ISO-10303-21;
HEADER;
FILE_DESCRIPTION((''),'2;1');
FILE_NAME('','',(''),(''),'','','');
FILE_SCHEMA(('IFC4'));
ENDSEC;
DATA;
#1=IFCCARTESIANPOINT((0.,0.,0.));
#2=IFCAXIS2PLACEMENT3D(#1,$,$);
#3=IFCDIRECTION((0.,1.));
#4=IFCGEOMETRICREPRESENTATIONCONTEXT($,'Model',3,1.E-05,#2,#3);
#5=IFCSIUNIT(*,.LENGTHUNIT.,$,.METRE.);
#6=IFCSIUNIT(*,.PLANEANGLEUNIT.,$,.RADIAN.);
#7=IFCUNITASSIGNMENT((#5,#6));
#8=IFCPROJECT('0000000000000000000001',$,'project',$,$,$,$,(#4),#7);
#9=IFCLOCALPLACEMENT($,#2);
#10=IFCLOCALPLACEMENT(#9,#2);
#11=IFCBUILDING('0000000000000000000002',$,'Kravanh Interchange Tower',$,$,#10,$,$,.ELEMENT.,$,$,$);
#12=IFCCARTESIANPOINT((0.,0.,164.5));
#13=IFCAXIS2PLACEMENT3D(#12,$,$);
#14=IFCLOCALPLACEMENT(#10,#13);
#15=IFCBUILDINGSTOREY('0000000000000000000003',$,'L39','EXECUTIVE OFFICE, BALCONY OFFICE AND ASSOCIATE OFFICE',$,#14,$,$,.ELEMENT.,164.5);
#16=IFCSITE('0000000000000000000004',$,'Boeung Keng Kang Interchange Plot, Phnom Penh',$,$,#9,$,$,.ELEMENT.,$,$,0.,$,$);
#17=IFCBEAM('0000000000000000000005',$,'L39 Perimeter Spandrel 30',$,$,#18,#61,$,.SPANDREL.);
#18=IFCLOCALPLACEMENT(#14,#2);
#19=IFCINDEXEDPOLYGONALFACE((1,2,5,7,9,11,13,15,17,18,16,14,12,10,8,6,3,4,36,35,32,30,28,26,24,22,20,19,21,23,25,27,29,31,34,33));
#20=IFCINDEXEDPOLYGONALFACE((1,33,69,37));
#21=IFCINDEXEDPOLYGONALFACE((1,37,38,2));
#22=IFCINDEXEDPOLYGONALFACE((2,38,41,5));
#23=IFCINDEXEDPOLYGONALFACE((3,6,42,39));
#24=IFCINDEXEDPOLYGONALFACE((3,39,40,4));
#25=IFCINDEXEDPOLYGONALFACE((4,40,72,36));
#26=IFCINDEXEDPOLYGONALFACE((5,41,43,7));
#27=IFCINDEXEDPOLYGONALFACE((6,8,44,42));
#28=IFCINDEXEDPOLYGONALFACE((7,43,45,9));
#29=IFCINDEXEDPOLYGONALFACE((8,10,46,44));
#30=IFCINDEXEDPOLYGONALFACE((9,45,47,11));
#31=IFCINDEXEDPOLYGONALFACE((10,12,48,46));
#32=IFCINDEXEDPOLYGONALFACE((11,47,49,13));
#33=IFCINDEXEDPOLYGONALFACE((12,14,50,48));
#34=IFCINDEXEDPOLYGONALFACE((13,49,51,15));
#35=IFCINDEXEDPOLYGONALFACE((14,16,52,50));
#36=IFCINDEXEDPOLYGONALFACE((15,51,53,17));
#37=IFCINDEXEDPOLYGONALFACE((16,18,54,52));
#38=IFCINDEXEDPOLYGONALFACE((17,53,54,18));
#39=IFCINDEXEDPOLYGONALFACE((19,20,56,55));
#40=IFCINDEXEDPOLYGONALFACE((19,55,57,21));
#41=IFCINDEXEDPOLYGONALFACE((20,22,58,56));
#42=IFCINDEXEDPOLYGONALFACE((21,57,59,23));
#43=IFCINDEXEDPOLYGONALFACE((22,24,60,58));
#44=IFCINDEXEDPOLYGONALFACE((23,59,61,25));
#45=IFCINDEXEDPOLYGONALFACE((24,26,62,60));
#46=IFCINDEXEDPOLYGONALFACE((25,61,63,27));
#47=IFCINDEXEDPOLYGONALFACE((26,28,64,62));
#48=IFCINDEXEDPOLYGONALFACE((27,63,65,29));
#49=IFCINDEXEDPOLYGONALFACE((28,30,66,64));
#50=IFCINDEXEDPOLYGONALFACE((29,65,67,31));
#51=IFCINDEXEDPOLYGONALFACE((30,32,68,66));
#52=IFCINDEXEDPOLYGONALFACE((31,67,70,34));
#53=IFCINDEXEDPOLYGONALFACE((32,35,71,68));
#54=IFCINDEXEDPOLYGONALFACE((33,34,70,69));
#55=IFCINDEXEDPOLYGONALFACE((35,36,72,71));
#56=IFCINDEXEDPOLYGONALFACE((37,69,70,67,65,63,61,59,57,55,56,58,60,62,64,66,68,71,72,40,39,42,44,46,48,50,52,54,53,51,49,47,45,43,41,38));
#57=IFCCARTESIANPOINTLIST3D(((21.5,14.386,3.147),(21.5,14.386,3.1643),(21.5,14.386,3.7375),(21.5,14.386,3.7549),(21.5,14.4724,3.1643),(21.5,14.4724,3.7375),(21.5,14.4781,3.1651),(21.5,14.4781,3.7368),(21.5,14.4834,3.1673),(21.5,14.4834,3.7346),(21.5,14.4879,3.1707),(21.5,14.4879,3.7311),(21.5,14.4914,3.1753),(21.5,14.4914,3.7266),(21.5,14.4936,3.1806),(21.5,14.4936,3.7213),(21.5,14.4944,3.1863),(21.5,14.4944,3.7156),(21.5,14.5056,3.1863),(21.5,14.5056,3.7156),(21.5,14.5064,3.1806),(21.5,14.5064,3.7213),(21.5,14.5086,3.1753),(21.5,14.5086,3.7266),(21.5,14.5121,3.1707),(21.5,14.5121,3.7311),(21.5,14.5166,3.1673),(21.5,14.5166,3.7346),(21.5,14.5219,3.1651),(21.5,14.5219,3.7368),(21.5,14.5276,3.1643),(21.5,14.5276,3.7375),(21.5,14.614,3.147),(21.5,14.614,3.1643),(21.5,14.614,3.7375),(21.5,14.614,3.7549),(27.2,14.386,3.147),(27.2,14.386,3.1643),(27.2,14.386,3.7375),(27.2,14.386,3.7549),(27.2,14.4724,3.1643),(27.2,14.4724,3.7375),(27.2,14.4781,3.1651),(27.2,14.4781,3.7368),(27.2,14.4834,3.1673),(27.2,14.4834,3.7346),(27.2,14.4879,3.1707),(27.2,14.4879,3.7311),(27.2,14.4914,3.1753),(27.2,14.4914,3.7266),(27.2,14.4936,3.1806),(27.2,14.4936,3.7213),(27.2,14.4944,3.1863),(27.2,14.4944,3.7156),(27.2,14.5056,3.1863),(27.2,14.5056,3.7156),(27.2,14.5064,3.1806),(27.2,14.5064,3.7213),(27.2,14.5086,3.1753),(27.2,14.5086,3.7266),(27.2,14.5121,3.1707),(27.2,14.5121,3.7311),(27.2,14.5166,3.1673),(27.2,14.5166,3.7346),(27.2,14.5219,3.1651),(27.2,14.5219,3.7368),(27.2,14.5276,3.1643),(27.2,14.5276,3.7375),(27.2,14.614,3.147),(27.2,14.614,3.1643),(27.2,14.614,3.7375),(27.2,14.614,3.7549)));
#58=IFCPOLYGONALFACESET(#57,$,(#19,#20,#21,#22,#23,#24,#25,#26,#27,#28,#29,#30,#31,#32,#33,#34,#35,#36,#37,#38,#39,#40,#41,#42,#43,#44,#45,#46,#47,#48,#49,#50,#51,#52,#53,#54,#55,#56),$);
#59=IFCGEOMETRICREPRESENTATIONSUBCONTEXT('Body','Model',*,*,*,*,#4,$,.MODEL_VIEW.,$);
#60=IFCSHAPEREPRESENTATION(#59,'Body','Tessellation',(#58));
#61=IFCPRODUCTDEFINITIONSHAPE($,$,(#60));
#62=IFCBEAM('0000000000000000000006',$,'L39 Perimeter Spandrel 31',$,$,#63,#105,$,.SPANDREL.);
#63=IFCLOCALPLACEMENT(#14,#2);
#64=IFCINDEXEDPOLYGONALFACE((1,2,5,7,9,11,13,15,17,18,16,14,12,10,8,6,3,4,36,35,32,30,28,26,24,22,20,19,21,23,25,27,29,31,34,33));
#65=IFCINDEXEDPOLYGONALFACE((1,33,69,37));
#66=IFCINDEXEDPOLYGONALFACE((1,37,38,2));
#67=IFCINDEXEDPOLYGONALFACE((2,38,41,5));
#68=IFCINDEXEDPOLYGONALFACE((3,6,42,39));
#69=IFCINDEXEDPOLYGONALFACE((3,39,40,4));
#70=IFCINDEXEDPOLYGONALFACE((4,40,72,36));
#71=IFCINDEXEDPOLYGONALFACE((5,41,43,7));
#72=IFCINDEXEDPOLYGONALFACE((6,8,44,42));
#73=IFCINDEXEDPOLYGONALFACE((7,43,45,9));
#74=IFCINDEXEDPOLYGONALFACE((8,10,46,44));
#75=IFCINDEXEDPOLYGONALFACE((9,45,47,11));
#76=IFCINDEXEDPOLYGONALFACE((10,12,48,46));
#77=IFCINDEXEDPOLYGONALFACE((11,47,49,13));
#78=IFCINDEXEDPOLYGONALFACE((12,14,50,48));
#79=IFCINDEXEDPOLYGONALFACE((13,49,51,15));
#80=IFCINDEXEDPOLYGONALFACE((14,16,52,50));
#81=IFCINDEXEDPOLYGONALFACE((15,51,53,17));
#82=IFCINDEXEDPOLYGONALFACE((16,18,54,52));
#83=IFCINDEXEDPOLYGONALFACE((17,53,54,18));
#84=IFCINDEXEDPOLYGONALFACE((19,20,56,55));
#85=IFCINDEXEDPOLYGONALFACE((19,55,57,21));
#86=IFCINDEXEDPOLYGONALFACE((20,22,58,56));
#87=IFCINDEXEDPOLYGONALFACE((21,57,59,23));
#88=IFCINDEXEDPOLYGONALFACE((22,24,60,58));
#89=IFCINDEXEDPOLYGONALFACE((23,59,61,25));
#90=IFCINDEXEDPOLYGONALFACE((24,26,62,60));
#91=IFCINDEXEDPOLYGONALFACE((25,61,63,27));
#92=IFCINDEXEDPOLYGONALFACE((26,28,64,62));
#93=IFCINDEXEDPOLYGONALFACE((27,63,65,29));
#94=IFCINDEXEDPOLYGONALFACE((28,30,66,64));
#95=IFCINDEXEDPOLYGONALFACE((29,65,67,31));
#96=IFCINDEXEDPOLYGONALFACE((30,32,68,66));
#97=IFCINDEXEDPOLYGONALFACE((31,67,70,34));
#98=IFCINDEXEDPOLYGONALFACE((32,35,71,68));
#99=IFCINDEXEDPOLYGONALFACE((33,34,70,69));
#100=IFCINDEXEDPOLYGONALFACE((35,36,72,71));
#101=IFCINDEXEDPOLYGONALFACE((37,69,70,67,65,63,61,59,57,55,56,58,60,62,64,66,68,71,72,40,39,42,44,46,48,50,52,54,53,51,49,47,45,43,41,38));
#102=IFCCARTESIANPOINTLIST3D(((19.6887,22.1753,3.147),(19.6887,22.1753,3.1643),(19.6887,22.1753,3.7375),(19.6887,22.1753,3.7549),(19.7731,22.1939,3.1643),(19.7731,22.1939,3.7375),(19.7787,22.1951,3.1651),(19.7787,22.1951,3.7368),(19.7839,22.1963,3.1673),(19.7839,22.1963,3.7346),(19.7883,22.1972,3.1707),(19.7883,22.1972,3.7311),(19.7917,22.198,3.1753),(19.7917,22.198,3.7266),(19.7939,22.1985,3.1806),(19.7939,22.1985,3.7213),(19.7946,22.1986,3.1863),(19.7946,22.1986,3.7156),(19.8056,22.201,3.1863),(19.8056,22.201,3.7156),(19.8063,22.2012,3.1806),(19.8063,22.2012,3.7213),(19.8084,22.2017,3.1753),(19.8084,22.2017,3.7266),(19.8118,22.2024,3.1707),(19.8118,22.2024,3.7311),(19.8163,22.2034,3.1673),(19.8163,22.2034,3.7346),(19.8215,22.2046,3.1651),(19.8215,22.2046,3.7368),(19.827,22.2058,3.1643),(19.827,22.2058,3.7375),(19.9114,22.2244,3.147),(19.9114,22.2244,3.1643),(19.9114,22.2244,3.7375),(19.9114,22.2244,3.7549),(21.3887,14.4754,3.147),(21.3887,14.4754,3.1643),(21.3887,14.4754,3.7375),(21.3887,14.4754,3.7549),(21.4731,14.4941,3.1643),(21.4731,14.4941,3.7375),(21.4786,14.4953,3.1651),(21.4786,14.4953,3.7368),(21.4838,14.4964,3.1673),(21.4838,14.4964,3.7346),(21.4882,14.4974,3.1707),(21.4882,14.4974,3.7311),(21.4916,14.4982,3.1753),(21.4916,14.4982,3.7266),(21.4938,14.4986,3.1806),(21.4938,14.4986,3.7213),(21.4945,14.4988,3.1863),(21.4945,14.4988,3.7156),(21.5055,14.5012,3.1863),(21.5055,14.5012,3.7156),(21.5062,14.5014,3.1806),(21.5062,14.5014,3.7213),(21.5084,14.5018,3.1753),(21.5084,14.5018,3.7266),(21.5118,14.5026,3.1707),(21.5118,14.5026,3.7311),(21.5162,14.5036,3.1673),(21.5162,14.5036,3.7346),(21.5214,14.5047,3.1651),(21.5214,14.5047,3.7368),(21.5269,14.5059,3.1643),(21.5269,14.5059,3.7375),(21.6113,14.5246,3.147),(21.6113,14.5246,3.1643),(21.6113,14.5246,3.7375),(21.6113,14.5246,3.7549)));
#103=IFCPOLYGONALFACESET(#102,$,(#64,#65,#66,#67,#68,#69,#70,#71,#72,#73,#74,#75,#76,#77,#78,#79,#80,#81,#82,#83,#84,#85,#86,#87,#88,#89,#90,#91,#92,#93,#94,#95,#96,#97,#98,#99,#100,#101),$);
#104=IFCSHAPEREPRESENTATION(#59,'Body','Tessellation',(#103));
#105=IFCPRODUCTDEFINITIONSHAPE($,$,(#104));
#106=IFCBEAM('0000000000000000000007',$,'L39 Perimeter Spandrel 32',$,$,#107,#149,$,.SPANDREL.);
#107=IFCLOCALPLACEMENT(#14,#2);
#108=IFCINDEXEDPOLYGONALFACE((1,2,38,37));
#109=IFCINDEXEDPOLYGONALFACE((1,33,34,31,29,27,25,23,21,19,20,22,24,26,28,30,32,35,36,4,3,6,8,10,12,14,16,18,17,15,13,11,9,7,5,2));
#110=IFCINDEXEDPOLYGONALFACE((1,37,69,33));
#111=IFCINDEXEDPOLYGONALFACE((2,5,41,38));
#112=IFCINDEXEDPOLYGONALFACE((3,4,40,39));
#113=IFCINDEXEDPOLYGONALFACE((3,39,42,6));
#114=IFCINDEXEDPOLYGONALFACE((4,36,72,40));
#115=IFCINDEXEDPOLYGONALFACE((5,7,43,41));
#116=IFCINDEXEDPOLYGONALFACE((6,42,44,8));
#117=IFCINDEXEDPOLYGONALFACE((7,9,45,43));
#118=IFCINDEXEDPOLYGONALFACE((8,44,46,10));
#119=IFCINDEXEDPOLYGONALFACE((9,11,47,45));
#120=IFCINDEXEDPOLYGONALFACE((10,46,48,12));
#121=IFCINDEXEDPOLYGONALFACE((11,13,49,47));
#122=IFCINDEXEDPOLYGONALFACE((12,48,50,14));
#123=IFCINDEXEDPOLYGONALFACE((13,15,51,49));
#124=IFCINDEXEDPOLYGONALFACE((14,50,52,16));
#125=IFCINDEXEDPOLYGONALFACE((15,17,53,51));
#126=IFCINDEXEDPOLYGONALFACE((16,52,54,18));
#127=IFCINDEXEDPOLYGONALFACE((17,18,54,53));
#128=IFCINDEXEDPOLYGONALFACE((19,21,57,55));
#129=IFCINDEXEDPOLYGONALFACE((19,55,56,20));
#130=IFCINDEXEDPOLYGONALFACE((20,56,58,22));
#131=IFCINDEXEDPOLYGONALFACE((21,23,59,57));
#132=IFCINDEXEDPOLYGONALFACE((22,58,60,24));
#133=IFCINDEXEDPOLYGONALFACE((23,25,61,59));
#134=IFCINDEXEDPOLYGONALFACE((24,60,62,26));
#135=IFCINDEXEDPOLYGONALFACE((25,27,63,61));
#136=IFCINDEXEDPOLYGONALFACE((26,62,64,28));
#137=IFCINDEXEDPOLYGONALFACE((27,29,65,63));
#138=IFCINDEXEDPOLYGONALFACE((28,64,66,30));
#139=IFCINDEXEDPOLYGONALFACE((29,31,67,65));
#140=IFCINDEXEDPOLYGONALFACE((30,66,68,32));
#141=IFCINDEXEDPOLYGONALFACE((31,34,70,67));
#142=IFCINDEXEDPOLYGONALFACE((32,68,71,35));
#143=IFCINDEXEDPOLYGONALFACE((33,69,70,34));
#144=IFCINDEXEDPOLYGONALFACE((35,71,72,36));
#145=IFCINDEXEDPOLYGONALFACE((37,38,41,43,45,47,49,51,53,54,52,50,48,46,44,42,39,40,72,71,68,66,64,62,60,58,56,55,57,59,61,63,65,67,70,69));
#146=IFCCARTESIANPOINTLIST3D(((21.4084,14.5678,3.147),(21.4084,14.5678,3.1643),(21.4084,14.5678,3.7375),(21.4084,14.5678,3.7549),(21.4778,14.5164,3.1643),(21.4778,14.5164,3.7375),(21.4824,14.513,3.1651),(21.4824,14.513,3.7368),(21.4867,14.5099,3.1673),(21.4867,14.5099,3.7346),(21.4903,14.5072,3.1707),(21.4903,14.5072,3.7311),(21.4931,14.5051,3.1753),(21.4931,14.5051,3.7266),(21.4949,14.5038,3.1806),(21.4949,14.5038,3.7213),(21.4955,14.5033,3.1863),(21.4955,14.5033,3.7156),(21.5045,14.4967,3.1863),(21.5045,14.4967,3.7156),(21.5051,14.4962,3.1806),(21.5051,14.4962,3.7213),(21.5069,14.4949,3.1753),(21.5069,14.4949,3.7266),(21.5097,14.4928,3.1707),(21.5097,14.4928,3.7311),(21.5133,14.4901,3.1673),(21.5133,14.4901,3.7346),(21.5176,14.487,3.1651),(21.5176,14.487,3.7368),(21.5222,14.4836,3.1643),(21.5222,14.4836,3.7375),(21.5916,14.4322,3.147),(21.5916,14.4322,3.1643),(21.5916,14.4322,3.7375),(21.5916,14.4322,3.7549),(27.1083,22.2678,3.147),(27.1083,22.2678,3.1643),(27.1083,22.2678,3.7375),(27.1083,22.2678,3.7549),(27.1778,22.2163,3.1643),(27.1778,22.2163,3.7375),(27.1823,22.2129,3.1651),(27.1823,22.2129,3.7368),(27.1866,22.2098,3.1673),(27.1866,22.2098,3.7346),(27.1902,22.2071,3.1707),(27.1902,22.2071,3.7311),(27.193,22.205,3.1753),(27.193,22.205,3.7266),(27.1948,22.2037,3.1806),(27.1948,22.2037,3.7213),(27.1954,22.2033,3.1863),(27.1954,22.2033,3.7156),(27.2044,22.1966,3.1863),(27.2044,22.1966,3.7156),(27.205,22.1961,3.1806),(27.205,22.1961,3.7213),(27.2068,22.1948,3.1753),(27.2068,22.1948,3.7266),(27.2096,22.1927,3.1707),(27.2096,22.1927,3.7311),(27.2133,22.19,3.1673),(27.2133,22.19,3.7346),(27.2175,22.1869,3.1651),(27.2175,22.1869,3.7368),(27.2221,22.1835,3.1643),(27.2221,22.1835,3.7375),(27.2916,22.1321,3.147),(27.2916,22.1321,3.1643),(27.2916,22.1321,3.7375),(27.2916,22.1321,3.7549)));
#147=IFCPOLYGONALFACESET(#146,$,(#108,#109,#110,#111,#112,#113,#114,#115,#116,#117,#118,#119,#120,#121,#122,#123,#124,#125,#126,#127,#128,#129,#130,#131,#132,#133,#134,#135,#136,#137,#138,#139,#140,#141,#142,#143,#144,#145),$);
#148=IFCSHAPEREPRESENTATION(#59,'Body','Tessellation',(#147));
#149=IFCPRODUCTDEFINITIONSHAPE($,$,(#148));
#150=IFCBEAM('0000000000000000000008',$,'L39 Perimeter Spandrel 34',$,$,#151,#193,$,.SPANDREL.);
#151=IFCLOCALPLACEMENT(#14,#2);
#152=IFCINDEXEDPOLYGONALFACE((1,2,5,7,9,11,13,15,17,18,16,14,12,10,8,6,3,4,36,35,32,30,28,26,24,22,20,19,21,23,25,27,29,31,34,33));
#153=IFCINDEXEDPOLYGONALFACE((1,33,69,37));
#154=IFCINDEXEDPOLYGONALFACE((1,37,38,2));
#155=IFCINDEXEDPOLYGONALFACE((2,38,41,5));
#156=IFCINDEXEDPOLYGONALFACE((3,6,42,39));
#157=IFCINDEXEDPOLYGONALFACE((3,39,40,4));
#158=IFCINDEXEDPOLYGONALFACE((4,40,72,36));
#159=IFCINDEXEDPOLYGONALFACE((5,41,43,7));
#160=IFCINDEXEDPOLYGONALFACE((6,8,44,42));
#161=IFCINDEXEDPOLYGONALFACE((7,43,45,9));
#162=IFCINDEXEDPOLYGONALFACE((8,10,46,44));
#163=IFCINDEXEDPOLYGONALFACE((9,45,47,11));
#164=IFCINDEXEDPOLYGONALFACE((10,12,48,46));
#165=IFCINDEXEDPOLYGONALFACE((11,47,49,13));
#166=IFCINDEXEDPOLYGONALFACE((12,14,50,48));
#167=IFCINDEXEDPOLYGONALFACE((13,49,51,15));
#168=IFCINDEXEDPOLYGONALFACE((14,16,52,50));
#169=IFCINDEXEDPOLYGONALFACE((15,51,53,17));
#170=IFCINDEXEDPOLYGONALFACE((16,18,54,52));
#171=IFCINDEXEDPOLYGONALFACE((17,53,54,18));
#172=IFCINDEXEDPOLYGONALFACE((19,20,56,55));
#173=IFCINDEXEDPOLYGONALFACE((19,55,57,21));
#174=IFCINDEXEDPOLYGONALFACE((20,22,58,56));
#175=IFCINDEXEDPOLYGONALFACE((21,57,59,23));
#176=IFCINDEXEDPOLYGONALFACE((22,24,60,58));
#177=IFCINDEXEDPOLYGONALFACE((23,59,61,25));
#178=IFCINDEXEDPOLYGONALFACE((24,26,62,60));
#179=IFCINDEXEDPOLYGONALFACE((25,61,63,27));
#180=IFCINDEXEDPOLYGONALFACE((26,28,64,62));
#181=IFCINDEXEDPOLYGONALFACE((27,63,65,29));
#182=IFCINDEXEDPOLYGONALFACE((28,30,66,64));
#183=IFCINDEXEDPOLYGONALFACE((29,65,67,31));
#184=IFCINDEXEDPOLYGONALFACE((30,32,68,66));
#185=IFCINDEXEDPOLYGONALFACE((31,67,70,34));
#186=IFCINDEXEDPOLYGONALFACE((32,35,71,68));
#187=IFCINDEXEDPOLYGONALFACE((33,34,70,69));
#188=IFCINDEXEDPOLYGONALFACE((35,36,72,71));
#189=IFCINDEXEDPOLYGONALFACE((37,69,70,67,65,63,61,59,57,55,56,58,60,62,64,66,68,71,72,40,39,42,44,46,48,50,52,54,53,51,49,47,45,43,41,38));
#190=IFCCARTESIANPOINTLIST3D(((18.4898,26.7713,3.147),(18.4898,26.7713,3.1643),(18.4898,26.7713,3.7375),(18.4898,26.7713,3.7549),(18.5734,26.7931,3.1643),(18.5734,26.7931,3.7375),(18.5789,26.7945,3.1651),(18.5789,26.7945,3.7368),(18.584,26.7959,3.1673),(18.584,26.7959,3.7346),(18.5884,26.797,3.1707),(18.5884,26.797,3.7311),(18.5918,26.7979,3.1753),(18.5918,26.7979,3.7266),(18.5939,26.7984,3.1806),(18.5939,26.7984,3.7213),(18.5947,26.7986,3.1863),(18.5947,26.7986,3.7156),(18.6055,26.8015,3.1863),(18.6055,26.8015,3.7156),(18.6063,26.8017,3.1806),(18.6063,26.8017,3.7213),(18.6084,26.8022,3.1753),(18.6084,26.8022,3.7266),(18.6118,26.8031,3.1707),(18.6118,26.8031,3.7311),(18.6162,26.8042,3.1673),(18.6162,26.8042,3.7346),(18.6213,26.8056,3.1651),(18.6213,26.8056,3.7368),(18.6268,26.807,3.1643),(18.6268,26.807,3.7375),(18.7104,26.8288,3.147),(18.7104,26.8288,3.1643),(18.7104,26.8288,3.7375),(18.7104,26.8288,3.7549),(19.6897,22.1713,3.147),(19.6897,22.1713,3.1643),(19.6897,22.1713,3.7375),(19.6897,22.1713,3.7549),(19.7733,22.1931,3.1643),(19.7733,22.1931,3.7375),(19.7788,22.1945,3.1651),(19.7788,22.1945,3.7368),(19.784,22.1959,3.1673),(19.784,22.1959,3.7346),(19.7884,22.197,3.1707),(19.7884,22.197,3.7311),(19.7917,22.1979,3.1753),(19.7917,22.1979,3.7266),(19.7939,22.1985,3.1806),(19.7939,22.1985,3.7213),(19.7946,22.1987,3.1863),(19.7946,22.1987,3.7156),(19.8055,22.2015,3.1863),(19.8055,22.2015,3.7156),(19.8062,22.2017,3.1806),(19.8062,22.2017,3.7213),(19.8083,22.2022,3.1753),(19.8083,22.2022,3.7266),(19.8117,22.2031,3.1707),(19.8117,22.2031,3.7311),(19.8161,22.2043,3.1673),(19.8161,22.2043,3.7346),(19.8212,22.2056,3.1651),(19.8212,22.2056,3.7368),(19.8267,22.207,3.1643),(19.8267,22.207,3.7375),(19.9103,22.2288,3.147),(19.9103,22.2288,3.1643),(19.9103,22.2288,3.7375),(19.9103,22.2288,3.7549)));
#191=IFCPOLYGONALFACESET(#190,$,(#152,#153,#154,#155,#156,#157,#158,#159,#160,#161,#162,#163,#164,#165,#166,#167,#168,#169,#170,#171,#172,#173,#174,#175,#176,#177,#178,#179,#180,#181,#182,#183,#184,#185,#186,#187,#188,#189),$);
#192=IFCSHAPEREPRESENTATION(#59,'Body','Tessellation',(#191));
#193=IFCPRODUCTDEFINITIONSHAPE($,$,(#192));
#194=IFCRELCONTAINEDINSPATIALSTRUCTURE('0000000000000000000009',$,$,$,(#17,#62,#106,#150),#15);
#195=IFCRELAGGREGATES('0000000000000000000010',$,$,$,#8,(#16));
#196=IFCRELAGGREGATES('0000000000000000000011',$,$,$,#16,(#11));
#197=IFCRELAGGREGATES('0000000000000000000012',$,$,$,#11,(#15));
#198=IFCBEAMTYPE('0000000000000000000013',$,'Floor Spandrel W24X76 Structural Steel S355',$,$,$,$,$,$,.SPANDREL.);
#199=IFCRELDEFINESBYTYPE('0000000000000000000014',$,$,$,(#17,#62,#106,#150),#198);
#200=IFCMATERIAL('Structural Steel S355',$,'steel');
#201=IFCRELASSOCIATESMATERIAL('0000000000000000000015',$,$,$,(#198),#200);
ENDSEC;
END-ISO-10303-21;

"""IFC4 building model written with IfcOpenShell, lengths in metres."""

from ifc_helpers import new_model, si_unit, direction, frame, origin, origin_2d, place, context, subcontext, project, spatial, i_section, extrude, material, material_profile, profile_set, type_object, element, save


model = new_model("IFC4")

# Units and contexts
model_context = context("Model", 3, precision=1e-05, world=origin(), true_north=direction((0.0, 1.0)))
body_context = subcontext(model_context, "Body", "Model", "MODEL_VIEW")
ifc_project = project(units=[si_unit("LENGTHUNIT", "METRE"), si_unit("PLANEANGLEUNIT", "RADIAN")], contexts=[model_context])

# Site, building, storey
site_placement = place(None, origin())
site = spatial("IfcSite", under=ifc_project, at=site_placement, Name="Boeung Keng Kang Interchange Plot, Phnom Penh", CompositionType="ELEMENT", RefElevation=0.0)
building_placement = place(site_placement, origin())
building = spatial("IfcBuilding", under=site, at=building_placement, Name="Kravanh Interchange Tower", CompositionType="ELEMENT")
storey_placement = place(building_placement, frame((0.0, 0.0, 164.5)))
storey = spatial("IfcBuildingStorey", under=building, at=storey_placement, Name="L39", Description="EXECUTIVE OFFICE, BALCONY OFFICE AND ASSOCIATE OFFICE", CompositionType="ELEMENT", Elevation=164.5)

# Beams
ifc_material_1 = material(Name="Structural Steel S355", Category="steel")
ifc_material_profile_1 = material_profile(ifc_material_1, i_section(OverallWidth=0.228, OverallDepth=0.6079, WebThickness=0.0112, FlangeThickness=0.0173, FilletRadius=0.022, at=origin_2d()), Name="W24X76")
ifc_profile_set_1 = profile_set([ifc_material_profile_1], Name="Structural Steel S355")
beam_type_1 = type_object("IfcBeamType", Name="Floor Spandrel W24X76 Structural Steel S355", PredefinedType="SPANDREL", material=ifc_profile_set_1)
beam_1_placement = place(storey_placement, frame((21.5, 14.5, 3.4509), z_axis=(1.0, 0.0, 0.0), x_axis=(0.0, 1.0, 0.0)))
element("IfcBeam", 1, at=beam_1_placement, inside=storey, type_object=beam_type_1, Name="L39 Perimeter Spandrel 30", PredefinedType="SPANDREL", context=body_context, shape_type="SweptSolid", body=[
    extrude(i_section(OverallWidth=0.228, OverallDepth=0.6079, WebThickness=0.0112, FlangeThickness=0.0173, FilletRadius=0.022, at=origin_2d()), origin(), (0.0, 0.0, 1.0), 5.7),
])
beam_2_placement = place(storey_placement, frame((21.5, 14.5, 3.4509), z_axis=(-0.215583, 0.976486, 0.0), x_axis=(-0.976486, -0.215583, 0.0)))
element("IfcBeam", 2, at=beam_2_placement, inside=storey, type_object=beam_type_1, Name="L39 Perimeter Spandrel 31", PredefinedType="SPANDREL", context=body_context, shape_type="SweptSolid", body=[
    extrude(i_section(OverallWidth=0.228, OverallDepth=0.6079, WebThickness=0.0112, FlangeThickness=0.0173, FilletRadius=0.022, at=origin_2d()), origin(), (0.0, 0.0, 1.0), 7.8853),
])
beam_3_placement = place(storey_placement, frame((21.5, 14.5, 3.4509), z_axis=(0.594977, 0.803743, 0.0), x_axis=(-0.803743, 0.594977, 0.0)))
element("IfcBeam", 3, at=beam_3_placement, inside=storey, type_object=beam_type_1, Name="L39 Perimeter Spandrel 32", PredefinedType="SPANDREL", context=body_context, shape_type="SweptSolid", body=[
    extrude(i_section(OverallWidth=0.228, OverallDepth=0.6079, WebThickness=0.0112, FlangeThickness=0.0173, FilletRadius=0.022, at=origin_2d()), origin(), (0.0, 0.0, 1.0), 9.5801),
])
beam_4_placement = place(storey_placement, frame((18.6001, 26.8, 3.4509), z_axis=(0.252407, -0.967621, 0.0), x_axis=(0.967621, 0.252407, 0.0)))
element("IfcBeam", 4, at=beam_4_placement, inside=storey, type_object=beam_type_1, Name="L39 Perimeter Spandrel 34", PredefinedType="SPANDREL", context=body_context, shape_type="SweptSolid", body=[
    extrude(i_section(OverallWidth=0.228, OverallDepth=0.6079, WebThickness=0.0112, FlangeThickness=0.0173, FilletRadius=0.022, at=origin_2d()), origin(), (0.0, 0.0, 1.0), 4.7539),
])

save(model, "model.ifc")
